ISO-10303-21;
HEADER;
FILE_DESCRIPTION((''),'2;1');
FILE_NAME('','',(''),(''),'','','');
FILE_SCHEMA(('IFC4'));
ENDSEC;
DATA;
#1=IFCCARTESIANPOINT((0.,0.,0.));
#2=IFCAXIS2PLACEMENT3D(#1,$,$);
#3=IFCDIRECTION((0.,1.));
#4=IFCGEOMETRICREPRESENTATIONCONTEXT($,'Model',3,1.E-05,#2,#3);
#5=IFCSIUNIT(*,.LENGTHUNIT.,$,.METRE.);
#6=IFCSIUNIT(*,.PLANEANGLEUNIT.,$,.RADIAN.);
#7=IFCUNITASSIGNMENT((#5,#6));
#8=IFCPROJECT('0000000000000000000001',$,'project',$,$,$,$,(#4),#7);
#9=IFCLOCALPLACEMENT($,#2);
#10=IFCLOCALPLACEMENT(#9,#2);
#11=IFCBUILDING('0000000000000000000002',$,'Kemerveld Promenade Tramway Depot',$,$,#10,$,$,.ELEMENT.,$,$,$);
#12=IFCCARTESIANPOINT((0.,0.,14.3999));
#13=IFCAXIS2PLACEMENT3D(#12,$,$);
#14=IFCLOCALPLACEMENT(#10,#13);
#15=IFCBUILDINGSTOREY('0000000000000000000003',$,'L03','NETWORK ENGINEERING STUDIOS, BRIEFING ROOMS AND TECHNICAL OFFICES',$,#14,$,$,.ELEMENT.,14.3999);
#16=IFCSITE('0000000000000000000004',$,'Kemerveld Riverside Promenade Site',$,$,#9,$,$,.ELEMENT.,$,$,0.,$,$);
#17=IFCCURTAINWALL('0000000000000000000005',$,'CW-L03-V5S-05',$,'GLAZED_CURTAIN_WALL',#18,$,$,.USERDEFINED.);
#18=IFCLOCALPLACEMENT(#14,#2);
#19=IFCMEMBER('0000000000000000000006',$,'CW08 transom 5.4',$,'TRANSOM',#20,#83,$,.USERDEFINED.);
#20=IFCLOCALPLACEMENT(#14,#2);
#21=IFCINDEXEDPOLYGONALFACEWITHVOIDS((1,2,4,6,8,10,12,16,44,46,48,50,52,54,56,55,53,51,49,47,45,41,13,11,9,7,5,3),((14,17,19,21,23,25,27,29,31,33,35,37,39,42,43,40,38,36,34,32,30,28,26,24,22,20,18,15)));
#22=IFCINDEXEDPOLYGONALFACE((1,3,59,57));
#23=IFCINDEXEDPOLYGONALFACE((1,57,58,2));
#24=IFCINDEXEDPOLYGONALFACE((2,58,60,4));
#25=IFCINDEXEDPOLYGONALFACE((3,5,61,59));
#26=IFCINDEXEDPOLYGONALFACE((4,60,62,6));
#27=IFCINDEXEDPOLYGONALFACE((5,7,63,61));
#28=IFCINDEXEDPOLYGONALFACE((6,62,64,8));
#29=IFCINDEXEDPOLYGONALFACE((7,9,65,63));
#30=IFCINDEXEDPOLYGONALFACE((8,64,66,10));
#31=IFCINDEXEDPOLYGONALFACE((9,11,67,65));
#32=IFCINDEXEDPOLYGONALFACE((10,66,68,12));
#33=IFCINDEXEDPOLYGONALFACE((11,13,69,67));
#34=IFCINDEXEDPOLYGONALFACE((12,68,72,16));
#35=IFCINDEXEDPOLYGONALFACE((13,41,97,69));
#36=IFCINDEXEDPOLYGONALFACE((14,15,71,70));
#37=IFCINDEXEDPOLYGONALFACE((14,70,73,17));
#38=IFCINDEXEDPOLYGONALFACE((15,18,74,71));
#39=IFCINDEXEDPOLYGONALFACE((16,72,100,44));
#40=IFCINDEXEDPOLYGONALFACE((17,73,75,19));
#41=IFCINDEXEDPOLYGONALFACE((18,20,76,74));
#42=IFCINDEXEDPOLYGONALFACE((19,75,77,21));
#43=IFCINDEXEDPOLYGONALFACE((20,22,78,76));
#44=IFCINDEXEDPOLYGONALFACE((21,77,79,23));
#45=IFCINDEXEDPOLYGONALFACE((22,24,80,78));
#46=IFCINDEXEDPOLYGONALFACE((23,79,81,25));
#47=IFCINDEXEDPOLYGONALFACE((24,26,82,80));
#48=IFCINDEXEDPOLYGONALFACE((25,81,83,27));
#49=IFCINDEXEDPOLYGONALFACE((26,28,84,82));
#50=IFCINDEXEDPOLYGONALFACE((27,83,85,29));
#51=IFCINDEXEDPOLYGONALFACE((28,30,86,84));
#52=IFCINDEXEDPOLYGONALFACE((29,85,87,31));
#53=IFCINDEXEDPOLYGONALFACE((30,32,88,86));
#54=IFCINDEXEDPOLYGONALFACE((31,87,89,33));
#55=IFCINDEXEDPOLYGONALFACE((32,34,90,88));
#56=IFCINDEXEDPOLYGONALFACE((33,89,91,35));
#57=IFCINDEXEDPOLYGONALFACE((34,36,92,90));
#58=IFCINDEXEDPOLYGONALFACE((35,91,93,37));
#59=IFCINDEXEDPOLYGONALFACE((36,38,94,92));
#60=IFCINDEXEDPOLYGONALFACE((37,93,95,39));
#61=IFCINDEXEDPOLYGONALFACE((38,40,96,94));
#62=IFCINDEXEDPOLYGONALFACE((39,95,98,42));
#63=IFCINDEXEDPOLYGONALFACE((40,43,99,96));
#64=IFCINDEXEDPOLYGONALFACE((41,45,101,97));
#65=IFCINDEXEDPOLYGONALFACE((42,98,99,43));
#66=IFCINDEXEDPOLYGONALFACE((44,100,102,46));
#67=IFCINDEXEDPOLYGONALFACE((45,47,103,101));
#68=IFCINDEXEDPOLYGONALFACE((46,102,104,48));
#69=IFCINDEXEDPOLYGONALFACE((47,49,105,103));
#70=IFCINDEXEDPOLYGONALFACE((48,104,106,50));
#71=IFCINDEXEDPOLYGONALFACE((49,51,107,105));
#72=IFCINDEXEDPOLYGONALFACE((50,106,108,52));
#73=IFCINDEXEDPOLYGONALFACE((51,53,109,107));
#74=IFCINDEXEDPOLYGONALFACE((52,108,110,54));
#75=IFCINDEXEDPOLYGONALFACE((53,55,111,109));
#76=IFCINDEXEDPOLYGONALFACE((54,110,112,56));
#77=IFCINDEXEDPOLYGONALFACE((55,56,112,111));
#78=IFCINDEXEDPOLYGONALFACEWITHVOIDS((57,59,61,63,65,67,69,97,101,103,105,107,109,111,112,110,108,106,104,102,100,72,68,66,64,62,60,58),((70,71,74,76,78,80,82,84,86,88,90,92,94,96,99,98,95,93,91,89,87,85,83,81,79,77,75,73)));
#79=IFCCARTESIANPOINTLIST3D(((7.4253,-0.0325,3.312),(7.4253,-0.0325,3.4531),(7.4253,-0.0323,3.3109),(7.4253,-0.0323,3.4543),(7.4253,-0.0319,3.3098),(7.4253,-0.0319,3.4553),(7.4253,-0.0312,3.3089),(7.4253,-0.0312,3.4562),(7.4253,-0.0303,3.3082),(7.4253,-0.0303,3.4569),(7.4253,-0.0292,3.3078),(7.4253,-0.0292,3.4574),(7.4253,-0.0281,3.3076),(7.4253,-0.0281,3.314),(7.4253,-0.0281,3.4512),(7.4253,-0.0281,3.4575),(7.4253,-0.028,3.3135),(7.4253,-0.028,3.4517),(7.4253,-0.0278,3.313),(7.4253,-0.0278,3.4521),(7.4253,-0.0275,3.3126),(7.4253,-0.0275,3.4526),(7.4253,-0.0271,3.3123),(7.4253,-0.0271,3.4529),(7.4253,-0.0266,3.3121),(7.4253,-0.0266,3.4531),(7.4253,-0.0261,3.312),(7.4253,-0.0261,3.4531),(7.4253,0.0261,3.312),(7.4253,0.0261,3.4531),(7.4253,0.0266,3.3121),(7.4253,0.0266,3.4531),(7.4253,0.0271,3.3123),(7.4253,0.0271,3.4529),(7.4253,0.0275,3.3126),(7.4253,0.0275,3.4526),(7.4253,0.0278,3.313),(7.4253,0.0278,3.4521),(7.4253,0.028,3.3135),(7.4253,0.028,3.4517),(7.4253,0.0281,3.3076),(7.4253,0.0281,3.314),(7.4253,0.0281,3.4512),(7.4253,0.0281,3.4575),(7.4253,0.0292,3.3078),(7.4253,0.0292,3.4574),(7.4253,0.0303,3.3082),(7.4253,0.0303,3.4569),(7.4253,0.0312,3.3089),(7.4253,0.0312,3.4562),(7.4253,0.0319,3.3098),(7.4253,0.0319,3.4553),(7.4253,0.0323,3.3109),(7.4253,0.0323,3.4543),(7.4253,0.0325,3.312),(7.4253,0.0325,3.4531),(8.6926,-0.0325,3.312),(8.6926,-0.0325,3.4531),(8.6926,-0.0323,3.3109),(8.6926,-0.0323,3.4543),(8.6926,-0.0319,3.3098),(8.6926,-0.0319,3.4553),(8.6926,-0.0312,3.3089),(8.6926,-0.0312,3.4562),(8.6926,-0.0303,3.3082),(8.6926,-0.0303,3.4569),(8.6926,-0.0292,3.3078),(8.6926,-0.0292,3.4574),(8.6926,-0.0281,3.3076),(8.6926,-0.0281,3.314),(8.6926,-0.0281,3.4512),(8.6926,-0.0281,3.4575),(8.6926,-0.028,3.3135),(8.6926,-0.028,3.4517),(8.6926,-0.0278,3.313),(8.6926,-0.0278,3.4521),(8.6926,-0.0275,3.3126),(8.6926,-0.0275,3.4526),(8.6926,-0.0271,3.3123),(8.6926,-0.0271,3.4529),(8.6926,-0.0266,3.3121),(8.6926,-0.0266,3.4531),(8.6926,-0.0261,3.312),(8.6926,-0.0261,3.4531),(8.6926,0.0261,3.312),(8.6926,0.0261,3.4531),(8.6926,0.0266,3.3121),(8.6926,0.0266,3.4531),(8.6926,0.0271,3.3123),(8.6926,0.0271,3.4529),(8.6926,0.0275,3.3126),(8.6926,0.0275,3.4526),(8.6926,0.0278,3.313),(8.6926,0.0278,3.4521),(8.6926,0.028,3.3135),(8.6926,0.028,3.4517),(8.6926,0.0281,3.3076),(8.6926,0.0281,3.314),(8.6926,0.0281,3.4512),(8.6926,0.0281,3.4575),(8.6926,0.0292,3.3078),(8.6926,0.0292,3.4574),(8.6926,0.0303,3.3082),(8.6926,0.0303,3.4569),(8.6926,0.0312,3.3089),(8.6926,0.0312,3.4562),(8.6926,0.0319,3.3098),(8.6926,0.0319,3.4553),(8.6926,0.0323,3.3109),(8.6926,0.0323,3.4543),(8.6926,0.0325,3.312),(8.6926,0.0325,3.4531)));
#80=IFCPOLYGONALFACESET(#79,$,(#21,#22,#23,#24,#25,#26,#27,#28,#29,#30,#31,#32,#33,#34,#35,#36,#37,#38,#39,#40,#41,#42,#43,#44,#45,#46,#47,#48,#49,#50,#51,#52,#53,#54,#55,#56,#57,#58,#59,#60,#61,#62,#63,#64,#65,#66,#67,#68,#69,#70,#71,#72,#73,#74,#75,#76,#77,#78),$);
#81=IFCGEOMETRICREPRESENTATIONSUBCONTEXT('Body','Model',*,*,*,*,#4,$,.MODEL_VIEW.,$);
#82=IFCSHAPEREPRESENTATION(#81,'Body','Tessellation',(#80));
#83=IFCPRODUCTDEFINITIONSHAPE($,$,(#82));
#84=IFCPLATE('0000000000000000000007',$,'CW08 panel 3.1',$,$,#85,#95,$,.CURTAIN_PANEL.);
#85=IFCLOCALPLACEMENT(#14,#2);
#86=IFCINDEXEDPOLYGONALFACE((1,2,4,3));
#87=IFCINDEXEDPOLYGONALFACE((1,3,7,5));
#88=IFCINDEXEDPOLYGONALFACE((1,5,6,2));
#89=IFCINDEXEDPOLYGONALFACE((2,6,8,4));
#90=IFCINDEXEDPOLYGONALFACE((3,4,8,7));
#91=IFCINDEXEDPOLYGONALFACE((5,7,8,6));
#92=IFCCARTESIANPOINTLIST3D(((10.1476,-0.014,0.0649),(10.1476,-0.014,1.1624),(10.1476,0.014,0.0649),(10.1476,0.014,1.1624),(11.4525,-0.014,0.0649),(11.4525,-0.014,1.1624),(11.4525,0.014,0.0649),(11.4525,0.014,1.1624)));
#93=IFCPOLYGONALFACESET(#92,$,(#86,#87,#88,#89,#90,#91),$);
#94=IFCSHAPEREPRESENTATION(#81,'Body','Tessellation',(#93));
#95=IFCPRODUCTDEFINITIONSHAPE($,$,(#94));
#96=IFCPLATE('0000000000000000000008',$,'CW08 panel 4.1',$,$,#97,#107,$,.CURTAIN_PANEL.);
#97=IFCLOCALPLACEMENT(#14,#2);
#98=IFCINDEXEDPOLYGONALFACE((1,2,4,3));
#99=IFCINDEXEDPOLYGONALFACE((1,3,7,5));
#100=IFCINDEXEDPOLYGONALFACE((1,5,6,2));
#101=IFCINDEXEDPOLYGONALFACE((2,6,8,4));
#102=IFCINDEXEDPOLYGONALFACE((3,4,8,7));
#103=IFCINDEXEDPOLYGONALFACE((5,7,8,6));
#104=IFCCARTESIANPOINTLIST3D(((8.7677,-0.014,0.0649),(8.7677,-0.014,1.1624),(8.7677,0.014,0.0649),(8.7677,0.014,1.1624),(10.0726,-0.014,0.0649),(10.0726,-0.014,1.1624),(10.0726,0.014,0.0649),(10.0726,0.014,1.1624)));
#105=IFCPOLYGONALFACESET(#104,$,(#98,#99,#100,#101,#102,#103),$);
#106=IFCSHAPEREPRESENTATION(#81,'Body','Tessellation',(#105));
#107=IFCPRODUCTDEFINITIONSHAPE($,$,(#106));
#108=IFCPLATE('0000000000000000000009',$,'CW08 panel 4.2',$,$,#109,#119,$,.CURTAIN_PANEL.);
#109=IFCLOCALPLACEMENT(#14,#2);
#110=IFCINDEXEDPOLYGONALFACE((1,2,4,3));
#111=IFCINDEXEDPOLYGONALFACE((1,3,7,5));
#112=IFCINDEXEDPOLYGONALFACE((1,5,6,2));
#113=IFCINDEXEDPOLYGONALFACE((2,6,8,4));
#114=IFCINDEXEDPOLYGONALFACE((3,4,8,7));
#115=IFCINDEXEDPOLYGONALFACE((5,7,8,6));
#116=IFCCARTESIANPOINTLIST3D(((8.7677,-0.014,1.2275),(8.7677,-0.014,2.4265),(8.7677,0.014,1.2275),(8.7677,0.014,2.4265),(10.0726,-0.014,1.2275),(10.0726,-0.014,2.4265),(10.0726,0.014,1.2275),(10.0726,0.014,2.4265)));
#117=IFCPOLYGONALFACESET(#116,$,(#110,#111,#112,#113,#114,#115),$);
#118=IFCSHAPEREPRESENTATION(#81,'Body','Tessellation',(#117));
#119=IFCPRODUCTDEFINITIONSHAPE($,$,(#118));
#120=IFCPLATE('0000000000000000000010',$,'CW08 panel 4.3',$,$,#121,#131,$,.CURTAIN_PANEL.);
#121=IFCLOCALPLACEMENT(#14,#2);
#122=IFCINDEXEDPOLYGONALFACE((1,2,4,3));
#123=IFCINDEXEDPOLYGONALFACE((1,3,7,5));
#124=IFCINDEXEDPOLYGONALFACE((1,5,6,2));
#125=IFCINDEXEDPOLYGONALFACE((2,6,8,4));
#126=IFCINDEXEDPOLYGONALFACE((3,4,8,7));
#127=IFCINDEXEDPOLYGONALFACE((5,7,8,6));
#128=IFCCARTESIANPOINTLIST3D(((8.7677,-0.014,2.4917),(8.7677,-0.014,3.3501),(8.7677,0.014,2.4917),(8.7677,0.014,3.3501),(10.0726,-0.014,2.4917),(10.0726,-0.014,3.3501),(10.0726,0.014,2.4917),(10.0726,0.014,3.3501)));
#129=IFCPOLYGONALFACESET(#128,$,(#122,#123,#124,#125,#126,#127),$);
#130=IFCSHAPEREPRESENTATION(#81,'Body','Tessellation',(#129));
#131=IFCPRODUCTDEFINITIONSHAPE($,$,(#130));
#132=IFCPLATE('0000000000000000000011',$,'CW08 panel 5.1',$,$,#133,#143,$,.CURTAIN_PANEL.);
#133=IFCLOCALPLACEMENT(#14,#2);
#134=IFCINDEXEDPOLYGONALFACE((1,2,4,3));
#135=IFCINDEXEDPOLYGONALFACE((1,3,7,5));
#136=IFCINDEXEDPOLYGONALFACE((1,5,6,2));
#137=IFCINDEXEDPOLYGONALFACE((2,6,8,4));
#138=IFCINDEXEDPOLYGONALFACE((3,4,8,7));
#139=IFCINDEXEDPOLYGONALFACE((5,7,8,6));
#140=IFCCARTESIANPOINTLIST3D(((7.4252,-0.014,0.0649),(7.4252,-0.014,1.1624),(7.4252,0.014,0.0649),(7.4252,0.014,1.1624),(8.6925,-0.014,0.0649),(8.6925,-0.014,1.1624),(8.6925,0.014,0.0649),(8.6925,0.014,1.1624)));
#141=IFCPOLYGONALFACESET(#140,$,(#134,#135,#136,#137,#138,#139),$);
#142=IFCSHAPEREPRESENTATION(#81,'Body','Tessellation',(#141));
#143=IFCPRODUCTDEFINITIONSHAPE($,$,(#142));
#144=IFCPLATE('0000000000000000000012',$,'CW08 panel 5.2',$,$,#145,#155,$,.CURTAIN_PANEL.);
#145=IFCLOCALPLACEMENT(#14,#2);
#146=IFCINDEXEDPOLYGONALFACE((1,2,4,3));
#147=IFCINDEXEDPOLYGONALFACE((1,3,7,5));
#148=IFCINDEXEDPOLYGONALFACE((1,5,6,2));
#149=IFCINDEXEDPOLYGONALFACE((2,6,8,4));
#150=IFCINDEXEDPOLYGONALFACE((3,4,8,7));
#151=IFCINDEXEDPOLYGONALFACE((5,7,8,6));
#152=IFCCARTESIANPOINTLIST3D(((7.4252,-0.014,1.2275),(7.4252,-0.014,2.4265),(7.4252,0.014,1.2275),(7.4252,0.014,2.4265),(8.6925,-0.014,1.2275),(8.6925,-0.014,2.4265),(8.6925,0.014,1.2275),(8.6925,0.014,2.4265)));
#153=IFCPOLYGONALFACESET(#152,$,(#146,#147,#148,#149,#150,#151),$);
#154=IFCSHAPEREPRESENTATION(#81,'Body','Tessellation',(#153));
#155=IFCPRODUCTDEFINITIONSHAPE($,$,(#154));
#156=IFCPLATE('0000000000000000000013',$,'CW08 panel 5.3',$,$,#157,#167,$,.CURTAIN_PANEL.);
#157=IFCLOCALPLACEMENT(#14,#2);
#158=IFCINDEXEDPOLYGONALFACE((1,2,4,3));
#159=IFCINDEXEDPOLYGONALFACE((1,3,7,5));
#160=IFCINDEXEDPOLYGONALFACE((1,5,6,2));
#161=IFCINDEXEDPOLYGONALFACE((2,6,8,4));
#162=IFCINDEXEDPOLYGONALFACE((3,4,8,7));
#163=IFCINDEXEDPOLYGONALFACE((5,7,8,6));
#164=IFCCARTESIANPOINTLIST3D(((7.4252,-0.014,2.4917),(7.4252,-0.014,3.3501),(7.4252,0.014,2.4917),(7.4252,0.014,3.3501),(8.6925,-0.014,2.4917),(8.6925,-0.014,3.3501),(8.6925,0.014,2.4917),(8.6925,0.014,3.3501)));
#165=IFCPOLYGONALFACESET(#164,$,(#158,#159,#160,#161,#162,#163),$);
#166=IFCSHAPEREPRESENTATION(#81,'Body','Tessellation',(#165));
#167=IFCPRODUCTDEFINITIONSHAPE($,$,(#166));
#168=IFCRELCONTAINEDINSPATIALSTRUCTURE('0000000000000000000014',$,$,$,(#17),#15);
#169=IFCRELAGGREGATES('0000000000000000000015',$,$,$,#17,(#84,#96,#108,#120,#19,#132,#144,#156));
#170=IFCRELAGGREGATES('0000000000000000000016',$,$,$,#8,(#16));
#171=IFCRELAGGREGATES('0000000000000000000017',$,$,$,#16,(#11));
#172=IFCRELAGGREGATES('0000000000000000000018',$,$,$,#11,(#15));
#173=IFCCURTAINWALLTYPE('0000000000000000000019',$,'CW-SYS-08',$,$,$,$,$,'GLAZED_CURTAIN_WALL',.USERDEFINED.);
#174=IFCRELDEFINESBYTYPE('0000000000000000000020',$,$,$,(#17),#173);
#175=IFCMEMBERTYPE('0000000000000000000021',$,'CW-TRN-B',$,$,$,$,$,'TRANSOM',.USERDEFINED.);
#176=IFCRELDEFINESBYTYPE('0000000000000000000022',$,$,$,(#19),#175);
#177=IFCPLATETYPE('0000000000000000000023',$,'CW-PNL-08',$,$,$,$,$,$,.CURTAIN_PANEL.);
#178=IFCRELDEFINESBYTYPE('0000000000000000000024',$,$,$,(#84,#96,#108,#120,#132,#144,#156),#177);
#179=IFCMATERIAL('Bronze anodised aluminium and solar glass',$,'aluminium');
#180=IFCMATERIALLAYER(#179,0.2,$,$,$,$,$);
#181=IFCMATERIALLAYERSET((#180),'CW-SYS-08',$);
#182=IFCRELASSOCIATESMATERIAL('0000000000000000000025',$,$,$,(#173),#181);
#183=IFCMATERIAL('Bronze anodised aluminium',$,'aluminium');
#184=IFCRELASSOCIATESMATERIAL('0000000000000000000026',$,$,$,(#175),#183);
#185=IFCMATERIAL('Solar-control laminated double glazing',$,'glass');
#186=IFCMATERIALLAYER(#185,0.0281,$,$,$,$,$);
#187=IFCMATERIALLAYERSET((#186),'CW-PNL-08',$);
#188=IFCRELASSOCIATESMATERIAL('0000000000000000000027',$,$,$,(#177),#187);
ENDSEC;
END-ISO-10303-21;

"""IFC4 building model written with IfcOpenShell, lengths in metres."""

from ifc_helpers import new_model, si_unit, direction, frame, origin, origin_2d, place, context, subcontext, project, spatial, rectangle, hollow_rectangle, extrude, material, layer, layer_set, material_profile, profile_set, type_object, element, aggregate, save


model = new_model("IFC4")

# Units and contexts
model_context = context("Model", 3, precision=1e-05, world=origin(), true_north=direction((0.0, 1.0)))
body_context = subcontext(model_context, "Body", "Model", "MODEL_VIEW")
ifc_project = project(units=[si_unit("LENGTHUNIT", "METRE"), si_unit("PLANEANGLEUNIT", "RADIAN")], contexts=[model_context])

# Site, building, storey
site_placement = place(None, origin())
site = spatial("IfcSite", under=ifc_project, at=site_placement, Name="Kemerveld Riverside Promenade Site", CompositionType="ELEMENT", RefElevation=0.0)
building_placement = place(site_placement, origin())
building = spatial("IfcBuilding", under=site, at=building_placement, Name="Kemerveld Promenade Tramway Depot", CompositionType="ELEMENT")
storey_placement = place(building_placement, frame((0.0, 0.0, 14.3999)))
storey = spatial("IfcBuildingStorey", under=building, at=storey_placement, Name="L03", Description="NETWORK ENGINEERING STUDIOS, BRIEFING ROOMS AND TECHNICAL OFFICES", CompositionType="ELEMENT", Elevation=14.3999)

# Curtain wall, member, plates
ifc_material_1 = material(Name="Bronze anodised aluminium and solar glass", Category="aluminium")
ifc_layer_1 = layer(ifc_material_1, 0.2)
ifc_layer_set_1 = layer_set([ifc_layer_1], Name="CW-SYS-08")
curtain_wall_type = type_object("IfcCurtainWallType", Name="CW-SYS-08", ElementType="GLAZED_CURTAIN_WALL", PredefinedType="USERDEFINED", material=ifc_layer_set_1)
curtain_wall_placement = place(storey_placement, origin())
curtain_wall = element("IfcCurtainWall", 1, at=curtain_wall_placement, inside=storey, type_object=curtain_wall_type, Name="CW-L03-V5S-05", ObjectType="GLAZED_CURTAIN_WALL", PredefinedType="USERDEFINED")
ifc_material_2 = material(Name="Bronze anodised aluminium", Category="aluminium")
ifc_material_profile_1 = material_profile(ifc_material_2, hollow_rectangle(XDim=0.0649, YDim=0.1499, WallThickness=0.0044, InnerFilletRadius=0.002, OuterFilletRadius=0.0044, at=origin_2d()), Name="CW-TRN-150x65")
ifc_profile_set_1 = profile_set([ifc_material_profile_1], Name="Bronze anodised aluminium")
member_type_1 = type_object("IfcMemberType", Name="CW-TRN-B", ElementType="TRANSOM", PredefinedType="USERDEFINED", material=ifc_profile_set_1)
member_1_placement = place(storey_placement, frame((8.6926, 0.0, 3.3826), z_axis=(-1.0, 0.0, 0.0), x_axis=(0.0, -1.0, 0.0)))
member_1 = element("IfcMember", 2, at=member_1_placement, type_object=member_type_1, Name="CW08 transom 5.4", ObjectType="TRANSOM", PredefinedType="USERDEFINED", context=body_context, shape_type="SweptSolid", body=[
    extrude(hollow_rectangle(XDim=0.0649, YDim=0.1499, WallThickness=0.0044, InnerFilletRadius=0.002, OuterFilletRadius=0.0044, at=origin_2d()), origin(), (0.0, 0.0, 1.0), 1.2673),
])
ifc_material_3 = material(Name="Solar-control laminated double glazing", Category="glass")
ifc_layer_2 = layer(ifc_material_3, 0.0281)
ifc_layer_set_2 = layer_set([ifc_layer_2], Name="CW-PNL-08")
plate_type = type_object("IfcPlateType", Name="CW-PNL-08", PredefinedType="CURTAIN_PANEL", material=ifc_layer_set_2)
plate_1_placement = place(storey_placement, frame((10.8, 0.0, 0.0649), z_axis=(0.0, 0.0, 1.0), x_axis=(-1.0, 0.0, 0.0)))
plate_1 = element("IfcPlate", 3, at=plate_1_placement, type_object=plate_type, Name="CW08 panel 3.1", PredefinedType="CURTAIN_PANEL", context=body_context, shape_type="SweptSolid", body=[
    extrude(rectangle(XDim=1.3049, YDim=0.0281, at=origin_2d()), origin(), (0.0, 0.0, 1.0), 1.0974),
])
plate_2_placement = place(storey_placement, frame((9.4202, 0.0, 0.0649), z_axis=(0.0, 0.0, 1.0), x_axis=(-1.0, 0.0, 0.0)))
plate_2 = element("IfcPlate", 4, at=plate_2_placement, type_object=plate_type, Name="CW08 panel 4.1", PredefinedType="CURTAIN_PANEL", context=body_context, shape_type="SweptSolid", body=[
    extrude(rectangle(XDim=1.3049, YDim=0.0281, at=origin_2d()), origin(), (0.0, 0.0, 1.0), 1.0974),
])
plate_3_placement = place(storey_placement, frame((9.4202, 0.0, 1.2275), z_axis=(0.0, 0.0, 1.0), x_axis=(-1.0, 0.0, 0.0)))
plate_3 = element("IfcPlate", 5, at=plate_3_placement, type_object=plate_type, Name="CW08 panel 4.2", PredefinedType="CURTAIN_PANEL", context=body_context, shape_type="SweptSolid", body=[
    extrude(rectangle(XDim=1.3049, YDim=0.0281, at=origin_2d()), origin(), (0.0, 0.0, 1.0), 1.199),
])
plate_4_placement = place(storey_placement, frame((9.4202, 0.0, 2.4917), z_axis=(0.0, 0.0, 1.0), x_axis=(-1.0, 0.0, 0.0)))
plate_4 = element("IfcPlate", 6, at=plate_4_placement, type_object=plate_type, Name="CW08 panel 4.3", PredefinedType="CURTAIN_PANEL", context=body_context, shape_type="SweptSolid", body=[
    extrude(rectangle(XDim=1.3049, YDim=0.0281, at=origin_2d()), origin(), (0.0, 0.0, 1.0), 0.8584),
])
plate_5_placement = place(storey_placement, frame((8.0588, 0.0, 0.0649), z_axis=(0.0, 0.0, 1.0), x_axis=(-1.0, 0.0, 0.0)))
plate_5 = element("IfcPlate", 7, at=plate_5_placement, type_object=plate_type, Name="CW08 panel 5.1", PredefinedType="CURTAIN_PANEL", context=body_context, shape_type="SweptSolid", body=[
    extrude(rectangle(XDim=1.2673, YDim=0.0281, at=origin_2d()), origin(), (0.0, 0.0, 1.0), 1.0974),
])
plate_6_placement = place(storey_placement, frame((8.0588, 0.0, 1.2275), z_axis=(0.0, 0.0, 1.0), x_axis=(-1.0, 0.0, 0.0)))
plate_6 = element("IfcPlate", 8, at=plate_6_placement, type_object=plate_type, Name="CW08 panel 5.2", PredefinedType="CURTAIN_PANEL", context=body_context, shape_type="SweptSolid", body=[
    extrude(rectangle(XDim=1.2673, YDim=0.0281, at=origin_2d()), origin(), (0.0, 0.0, 1.0), 1.199),
])
plate_7_placement = place(storey_placement, frame((8.0588, 0.0, 2.4917), z_axis=(0.0, 0.0, 1.0), x_axis=(-1.0, 0.0, 0.0)))
plate_7 = element("IfcPlate", 9, at=plate_7_placement, type_object=plate_type, Name="CW08 panel 5.3", PredefinedType="CURTAIN_PANEL", context=body_context, shape_type="SweptSolid", body=[
    extrude(rectangle(XDim=1.2673, YDim=0.0281, at=origin_2d()), origin(), (0.0, 0.0, 1.0), 0.8584),
])
aggregate(curtain_wall, [plate_1, plate_2, plate_3, plate_4, member_1, plate_5, plate_6, plate_7])

save(model, "model.ifc")
